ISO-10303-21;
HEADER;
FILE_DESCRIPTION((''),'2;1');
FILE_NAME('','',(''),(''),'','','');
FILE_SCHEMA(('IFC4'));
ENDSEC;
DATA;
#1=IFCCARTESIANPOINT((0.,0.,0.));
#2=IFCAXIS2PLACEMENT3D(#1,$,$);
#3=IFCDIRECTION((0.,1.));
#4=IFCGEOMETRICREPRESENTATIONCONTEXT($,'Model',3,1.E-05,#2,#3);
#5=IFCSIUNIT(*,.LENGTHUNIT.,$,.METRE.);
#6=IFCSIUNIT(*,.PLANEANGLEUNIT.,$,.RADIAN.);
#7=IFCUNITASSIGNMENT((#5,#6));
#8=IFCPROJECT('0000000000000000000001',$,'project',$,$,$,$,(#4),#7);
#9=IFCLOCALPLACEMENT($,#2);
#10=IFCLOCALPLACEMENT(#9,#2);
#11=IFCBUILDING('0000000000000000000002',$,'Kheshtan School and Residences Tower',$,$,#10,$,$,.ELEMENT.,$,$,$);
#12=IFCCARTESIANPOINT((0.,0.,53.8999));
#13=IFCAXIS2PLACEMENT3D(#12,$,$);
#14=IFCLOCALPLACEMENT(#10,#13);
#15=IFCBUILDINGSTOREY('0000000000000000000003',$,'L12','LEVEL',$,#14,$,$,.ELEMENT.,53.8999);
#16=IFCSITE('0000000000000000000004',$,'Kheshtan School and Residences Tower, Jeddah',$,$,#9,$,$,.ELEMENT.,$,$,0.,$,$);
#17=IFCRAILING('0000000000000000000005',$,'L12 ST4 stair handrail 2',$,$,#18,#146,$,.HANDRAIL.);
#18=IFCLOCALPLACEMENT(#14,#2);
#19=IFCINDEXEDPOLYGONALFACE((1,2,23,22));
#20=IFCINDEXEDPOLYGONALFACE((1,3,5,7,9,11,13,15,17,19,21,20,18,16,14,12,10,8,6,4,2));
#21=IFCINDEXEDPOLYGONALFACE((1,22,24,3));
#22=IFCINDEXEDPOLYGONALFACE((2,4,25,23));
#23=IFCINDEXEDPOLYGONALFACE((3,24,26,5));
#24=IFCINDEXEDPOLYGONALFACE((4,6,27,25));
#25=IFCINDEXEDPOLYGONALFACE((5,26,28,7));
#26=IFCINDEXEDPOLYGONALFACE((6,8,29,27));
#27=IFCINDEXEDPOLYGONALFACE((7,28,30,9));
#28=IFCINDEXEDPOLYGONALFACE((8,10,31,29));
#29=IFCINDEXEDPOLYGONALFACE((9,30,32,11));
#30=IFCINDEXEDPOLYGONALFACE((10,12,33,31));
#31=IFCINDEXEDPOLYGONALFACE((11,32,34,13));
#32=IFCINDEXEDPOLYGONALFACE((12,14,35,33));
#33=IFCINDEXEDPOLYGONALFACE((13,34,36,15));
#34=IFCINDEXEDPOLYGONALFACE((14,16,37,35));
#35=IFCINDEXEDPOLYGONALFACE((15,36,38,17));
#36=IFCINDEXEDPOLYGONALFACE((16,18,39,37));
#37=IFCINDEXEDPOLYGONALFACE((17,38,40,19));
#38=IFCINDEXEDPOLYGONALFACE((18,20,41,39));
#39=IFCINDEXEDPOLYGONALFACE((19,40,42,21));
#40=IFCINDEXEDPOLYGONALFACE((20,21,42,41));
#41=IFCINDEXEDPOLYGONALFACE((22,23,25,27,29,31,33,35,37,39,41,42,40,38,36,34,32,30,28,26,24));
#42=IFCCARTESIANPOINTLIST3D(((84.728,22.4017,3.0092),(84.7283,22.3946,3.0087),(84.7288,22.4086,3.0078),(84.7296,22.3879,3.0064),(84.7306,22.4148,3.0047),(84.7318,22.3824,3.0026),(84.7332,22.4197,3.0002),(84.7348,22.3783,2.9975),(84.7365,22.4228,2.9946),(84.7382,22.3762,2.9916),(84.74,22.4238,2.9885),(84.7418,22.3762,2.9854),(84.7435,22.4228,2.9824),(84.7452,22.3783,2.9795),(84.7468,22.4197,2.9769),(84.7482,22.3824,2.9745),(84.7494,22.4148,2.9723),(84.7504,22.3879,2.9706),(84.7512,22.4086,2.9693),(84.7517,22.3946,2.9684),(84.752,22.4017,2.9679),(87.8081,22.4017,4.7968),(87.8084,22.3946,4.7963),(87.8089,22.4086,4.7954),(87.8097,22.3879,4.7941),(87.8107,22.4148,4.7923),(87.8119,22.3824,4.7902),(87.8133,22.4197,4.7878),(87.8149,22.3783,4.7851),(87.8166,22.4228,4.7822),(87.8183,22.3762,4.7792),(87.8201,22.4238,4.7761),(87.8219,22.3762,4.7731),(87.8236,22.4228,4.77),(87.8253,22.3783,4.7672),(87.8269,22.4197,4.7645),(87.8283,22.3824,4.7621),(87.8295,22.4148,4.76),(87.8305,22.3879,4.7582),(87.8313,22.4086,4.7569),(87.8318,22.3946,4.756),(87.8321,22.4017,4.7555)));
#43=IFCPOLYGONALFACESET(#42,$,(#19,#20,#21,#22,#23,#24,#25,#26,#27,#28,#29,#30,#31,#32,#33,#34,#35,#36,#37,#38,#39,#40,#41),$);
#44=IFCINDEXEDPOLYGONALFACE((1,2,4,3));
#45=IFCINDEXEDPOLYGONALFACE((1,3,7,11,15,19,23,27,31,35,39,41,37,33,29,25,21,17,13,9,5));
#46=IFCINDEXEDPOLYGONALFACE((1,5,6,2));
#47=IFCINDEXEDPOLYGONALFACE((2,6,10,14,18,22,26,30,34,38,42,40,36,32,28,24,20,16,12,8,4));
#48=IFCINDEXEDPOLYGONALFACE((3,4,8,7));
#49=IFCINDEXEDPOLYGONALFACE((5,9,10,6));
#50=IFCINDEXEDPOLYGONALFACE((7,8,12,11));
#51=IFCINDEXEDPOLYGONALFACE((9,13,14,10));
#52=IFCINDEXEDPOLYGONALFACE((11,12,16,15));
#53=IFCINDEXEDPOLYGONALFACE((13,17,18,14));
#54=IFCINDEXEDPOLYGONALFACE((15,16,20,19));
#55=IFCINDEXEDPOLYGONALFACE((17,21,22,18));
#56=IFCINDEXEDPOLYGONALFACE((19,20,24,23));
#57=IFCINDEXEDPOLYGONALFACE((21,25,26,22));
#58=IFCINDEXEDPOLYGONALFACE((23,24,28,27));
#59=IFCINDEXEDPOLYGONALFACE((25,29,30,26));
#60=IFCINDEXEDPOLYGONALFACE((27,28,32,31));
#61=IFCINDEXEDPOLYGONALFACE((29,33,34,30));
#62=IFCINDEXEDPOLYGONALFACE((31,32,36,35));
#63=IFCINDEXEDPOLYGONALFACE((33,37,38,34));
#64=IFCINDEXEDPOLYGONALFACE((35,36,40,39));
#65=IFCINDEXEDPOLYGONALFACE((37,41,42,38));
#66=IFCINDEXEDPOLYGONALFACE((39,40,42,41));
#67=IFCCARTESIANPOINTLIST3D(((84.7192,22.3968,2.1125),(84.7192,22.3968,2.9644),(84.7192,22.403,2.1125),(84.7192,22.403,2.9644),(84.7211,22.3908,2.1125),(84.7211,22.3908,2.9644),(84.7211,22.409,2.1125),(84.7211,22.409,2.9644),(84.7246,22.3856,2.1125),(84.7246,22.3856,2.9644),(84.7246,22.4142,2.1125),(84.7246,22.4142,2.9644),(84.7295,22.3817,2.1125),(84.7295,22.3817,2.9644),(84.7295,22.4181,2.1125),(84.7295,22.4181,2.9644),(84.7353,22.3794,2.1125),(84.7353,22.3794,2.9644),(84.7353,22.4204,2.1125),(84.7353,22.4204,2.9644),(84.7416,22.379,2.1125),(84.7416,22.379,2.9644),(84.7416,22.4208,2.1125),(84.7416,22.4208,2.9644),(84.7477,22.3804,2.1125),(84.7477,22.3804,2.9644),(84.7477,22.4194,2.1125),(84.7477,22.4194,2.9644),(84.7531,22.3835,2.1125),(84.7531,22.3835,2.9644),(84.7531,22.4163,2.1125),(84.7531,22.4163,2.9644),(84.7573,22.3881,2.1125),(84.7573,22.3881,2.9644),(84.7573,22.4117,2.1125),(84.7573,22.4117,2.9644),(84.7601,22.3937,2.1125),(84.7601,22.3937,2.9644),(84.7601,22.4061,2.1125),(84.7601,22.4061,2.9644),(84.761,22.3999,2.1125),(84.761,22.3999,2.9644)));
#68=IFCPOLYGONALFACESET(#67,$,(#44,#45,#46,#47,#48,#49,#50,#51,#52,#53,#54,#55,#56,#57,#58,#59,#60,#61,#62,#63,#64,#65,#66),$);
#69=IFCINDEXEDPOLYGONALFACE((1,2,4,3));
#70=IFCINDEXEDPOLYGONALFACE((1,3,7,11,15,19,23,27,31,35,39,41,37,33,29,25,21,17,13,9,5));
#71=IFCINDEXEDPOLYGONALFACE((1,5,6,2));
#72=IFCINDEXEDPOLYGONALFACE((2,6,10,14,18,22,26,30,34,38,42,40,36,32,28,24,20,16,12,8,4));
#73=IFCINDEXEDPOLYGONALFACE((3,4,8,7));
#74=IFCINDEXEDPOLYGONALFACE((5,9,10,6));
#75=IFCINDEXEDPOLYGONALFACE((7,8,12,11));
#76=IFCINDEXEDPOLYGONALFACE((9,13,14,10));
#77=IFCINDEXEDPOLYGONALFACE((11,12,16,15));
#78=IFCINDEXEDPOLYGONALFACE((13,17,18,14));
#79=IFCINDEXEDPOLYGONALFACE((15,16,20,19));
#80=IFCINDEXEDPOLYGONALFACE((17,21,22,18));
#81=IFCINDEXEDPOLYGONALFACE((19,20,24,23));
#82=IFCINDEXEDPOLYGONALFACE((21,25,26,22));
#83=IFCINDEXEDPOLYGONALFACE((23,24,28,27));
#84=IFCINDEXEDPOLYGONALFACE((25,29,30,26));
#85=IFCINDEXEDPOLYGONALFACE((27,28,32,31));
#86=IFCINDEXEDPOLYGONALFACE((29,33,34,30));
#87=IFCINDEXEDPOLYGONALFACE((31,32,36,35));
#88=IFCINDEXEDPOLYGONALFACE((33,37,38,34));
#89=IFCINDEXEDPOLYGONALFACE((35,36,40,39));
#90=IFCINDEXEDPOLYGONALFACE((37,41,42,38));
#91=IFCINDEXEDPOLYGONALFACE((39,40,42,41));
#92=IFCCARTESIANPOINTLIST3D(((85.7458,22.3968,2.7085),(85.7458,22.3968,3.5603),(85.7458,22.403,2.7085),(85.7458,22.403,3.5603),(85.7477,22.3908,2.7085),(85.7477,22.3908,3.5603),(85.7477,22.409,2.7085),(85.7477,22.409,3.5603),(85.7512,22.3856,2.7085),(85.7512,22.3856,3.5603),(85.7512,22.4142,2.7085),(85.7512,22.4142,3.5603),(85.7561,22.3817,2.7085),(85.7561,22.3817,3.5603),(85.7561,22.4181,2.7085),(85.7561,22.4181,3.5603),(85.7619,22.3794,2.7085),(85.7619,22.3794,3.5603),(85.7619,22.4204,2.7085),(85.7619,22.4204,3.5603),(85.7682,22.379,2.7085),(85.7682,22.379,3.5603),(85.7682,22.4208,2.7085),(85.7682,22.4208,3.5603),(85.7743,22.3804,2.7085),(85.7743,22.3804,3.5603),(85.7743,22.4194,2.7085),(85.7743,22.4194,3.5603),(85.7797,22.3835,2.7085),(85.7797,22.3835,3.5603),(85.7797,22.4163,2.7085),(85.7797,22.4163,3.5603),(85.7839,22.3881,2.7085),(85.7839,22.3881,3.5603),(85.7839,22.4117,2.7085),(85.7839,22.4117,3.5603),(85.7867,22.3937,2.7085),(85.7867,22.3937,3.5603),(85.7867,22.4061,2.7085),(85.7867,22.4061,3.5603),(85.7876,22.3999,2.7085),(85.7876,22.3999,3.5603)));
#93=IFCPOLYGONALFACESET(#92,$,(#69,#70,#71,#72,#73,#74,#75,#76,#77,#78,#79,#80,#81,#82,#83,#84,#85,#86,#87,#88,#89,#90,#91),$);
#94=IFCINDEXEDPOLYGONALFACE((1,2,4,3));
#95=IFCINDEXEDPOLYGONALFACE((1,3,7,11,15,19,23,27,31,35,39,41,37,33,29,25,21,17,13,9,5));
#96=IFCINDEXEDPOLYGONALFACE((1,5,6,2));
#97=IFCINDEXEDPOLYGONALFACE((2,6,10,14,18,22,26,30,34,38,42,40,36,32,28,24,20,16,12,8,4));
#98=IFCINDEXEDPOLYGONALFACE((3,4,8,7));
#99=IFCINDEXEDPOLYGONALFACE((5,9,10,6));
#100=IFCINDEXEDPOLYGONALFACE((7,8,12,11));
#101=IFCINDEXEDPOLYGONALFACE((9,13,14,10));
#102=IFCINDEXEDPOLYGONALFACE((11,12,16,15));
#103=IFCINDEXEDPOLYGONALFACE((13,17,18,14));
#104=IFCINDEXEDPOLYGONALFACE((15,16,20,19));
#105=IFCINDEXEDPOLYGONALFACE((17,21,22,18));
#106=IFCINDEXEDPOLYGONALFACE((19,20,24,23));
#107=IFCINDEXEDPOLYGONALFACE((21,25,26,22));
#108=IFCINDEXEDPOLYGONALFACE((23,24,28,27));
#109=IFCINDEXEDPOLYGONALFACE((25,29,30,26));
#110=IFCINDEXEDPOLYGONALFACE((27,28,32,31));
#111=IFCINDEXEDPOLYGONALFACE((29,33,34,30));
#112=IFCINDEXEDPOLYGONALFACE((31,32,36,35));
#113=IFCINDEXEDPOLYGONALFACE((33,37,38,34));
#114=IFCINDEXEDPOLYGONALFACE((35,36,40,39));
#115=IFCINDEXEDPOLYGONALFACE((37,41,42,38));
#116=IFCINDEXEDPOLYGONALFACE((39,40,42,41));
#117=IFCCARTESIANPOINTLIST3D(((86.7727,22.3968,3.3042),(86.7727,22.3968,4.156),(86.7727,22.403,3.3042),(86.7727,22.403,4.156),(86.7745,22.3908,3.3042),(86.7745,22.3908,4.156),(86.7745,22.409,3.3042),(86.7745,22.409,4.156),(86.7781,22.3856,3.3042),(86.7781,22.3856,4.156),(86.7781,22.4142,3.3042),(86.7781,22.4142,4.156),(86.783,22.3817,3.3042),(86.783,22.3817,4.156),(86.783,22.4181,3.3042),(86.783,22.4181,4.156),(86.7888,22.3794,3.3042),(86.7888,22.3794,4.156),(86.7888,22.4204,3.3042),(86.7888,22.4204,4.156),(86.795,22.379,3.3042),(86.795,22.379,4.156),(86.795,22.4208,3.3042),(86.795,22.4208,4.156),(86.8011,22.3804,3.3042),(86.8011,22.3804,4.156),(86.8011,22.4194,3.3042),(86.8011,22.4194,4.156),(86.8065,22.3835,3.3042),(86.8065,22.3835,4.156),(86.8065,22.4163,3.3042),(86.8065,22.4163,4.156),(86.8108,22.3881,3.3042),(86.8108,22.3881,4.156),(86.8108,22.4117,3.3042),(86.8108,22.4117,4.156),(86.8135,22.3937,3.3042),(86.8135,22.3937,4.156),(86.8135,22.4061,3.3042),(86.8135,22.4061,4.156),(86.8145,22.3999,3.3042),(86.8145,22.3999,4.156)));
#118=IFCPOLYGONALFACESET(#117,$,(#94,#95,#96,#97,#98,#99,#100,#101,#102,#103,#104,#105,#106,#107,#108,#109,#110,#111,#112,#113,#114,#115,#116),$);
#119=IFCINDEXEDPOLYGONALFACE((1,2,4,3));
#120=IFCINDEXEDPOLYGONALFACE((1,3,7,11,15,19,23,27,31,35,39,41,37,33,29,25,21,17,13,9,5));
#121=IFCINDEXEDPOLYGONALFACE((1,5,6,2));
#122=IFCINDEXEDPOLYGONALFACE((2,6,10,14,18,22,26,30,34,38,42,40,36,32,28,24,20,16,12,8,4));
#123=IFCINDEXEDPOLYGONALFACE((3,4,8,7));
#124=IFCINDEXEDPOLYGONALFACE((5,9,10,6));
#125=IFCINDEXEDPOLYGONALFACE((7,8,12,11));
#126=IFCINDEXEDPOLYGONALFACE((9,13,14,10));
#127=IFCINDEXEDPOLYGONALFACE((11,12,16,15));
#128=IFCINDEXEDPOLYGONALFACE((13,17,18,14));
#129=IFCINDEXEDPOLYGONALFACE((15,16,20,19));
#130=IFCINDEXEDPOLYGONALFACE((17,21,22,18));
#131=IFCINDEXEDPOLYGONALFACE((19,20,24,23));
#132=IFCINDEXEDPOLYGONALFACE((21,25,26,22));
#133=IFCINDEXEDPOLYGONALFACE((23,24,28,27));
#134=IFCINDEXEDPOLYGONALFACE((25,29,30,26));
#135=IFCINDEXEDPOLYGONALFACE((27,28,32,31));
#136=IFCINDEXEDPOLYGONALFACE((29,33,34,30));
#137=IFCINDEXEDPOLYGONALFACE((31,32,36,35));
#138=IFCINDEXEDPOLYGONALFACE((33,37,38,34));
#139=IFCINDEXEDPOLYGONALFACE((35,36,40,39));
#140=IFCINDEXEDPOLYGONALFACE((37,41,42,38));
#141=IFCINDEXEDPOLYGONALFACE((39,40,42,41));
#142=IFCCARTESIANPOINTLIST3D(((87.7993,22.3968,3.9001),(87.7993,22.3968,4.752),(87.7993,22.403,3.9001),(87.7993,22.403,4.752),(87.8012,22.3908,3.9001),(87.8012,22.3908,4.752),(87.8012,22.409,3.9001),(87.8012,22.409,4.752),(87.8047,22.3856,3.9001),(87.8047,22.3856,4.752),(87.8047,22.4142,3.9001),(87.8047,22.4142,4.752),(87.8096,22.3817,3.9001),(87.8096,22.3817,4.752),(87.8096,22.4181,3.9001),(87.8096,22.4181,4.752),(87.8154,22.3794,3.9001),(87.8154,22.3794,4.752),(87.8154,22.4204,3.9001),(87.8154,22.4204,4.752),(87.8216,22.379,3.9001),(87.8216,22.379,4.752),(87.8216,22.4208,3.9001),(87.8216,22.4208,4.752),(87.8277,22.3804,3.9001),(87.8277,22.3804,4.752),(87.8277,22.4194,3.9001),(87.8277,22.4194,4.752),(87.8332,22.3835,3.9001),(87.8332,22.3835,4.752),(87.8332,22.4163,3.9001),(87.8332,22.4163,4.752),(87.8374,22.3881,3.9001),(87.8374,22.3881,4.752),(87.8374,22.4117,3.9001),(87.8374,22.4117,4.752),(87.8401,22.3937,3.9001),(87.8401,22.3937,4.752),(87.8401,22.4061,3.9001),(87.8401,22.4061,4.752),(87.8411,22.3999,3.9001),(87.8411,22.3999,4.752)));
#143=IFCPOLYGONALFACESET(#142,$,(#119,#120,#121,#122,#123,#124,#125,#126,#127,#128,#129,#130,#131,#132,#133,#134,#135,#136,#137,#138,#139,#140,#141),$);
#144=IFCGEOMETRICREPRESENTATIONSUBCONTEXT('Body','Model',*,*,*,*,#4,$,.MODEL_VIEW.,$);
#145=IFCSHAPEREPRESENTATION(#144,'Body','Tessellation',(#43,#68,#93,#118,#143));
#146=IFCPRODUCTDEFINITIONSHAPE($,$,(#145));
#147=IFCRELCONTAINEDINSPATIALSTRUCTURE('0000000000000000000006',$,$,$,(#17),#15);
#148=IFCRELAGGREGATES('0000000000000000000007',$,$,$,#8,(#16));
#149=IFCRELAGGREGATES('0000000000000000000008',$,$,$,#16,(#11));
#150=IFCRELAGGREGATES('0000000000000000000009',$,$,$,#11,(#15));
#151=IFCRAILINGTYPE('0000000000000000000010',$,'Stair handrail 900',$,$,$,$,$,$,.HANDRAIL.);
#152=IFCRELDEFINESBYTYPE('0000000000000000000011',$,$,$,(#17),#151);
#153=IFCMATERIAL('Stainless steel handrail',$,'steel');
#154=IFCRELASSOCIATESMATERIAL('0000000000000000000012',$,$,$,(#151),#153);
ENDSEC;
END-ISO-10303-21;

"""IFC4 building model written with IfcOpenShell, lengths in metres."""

from ifc_helpers import new_model, si_unit, direction, frame, origin, origin_2d, place, context, subcontext, project, spatial, circle, extrude, material, type_object, element, save


model = new_model("IFC4")

# Units and contexts
model_context = context("Model", 3, precision=1e-05, world=origin(), true_north=direction((0.0, 1.0)))
body_context = subcontext(model_context, "Body", "Model", "MODEL_VIEW")
ifc_project = project(units=[si_unit("LENGTHUNIT", "METRE"), si_unit("PLANEANGLEUNIT", "RADIAN")], contexts=[model_context])

# Site, building, storey
site_placement = place(None, origin())
site = spatial("IfcSite", under=ifc_project, at=site_placement, Name="Kheshtan School and Residences Tower, Jeddah", CompositionType="ELEMENT", RefElevation=0.0)
building_placement = place(site_placement, origin())
building = spatial("IfcBuilding", under=site, at=building_placement, Name="Kheshtan School and Residences Tower", CompositionType="ELEMENT")
storey_placement = place(building_placement, frame((0.0, 0.0, 53.8999)))
storey = spatial("IfcBuildingStorey", under=building, at=storey_placement, Name="L12", Description="LEVEL", CompositionType="ELEMENT", Elevation=53.8999)

# Railing
ifc_material_1 = material(Name="Stainless steel handrail", Category="steel")
railing_type_1 = type_object("IfcRailingType", Name="Stair handrail 900", PredefinedType="HANDRAIL", material=ifc_material_1)
railing_1_placement = place(storey_placement, frame((84.74, 22.3999, 2.1125)))
element("IfcRailing", 1, at=railing_1_placement, inside=storey, type_object=railing_type_1, Name="L12 ST4 stair handrail 2", PredefinedType="HANDRAIL", context=body_context, shape_type="SweptSolid", body=[
    extrude(circle(Radius=0.0239, at=origin_2d()), frame((0.0, 0.0, 0.876), z_axis=(0.864891, 0.0, 0.50196), x_axis=(0.0, 1.0, 0.0)), (0.0, 0.0, 1.0), 3.5613),
    extrude(circle(Radius=0.021, at=origin_2d()), origin(), (0.0, 0.0, 1.0), 0.8518),
    extrude(circle(Radius=0.021, at=origin_2d()), frame((1.0266, 0.0, 0.5959)), (0.0, 0.0, 1.0), 0.8518),
    extrude(circle(Radius=0.021, at=origin_2d()), frame((2.0535, 0.0, 1.1917)), (0.0, 0.0, 1.0), 0.8518),
    extrude(circle(Radius=0.021, at=origin_2d()), frame((3.0801, 0.0, 1.7876)), (0.0, 0.0, 1.0), 0.8518),
])

save(model, "model.ifc")
